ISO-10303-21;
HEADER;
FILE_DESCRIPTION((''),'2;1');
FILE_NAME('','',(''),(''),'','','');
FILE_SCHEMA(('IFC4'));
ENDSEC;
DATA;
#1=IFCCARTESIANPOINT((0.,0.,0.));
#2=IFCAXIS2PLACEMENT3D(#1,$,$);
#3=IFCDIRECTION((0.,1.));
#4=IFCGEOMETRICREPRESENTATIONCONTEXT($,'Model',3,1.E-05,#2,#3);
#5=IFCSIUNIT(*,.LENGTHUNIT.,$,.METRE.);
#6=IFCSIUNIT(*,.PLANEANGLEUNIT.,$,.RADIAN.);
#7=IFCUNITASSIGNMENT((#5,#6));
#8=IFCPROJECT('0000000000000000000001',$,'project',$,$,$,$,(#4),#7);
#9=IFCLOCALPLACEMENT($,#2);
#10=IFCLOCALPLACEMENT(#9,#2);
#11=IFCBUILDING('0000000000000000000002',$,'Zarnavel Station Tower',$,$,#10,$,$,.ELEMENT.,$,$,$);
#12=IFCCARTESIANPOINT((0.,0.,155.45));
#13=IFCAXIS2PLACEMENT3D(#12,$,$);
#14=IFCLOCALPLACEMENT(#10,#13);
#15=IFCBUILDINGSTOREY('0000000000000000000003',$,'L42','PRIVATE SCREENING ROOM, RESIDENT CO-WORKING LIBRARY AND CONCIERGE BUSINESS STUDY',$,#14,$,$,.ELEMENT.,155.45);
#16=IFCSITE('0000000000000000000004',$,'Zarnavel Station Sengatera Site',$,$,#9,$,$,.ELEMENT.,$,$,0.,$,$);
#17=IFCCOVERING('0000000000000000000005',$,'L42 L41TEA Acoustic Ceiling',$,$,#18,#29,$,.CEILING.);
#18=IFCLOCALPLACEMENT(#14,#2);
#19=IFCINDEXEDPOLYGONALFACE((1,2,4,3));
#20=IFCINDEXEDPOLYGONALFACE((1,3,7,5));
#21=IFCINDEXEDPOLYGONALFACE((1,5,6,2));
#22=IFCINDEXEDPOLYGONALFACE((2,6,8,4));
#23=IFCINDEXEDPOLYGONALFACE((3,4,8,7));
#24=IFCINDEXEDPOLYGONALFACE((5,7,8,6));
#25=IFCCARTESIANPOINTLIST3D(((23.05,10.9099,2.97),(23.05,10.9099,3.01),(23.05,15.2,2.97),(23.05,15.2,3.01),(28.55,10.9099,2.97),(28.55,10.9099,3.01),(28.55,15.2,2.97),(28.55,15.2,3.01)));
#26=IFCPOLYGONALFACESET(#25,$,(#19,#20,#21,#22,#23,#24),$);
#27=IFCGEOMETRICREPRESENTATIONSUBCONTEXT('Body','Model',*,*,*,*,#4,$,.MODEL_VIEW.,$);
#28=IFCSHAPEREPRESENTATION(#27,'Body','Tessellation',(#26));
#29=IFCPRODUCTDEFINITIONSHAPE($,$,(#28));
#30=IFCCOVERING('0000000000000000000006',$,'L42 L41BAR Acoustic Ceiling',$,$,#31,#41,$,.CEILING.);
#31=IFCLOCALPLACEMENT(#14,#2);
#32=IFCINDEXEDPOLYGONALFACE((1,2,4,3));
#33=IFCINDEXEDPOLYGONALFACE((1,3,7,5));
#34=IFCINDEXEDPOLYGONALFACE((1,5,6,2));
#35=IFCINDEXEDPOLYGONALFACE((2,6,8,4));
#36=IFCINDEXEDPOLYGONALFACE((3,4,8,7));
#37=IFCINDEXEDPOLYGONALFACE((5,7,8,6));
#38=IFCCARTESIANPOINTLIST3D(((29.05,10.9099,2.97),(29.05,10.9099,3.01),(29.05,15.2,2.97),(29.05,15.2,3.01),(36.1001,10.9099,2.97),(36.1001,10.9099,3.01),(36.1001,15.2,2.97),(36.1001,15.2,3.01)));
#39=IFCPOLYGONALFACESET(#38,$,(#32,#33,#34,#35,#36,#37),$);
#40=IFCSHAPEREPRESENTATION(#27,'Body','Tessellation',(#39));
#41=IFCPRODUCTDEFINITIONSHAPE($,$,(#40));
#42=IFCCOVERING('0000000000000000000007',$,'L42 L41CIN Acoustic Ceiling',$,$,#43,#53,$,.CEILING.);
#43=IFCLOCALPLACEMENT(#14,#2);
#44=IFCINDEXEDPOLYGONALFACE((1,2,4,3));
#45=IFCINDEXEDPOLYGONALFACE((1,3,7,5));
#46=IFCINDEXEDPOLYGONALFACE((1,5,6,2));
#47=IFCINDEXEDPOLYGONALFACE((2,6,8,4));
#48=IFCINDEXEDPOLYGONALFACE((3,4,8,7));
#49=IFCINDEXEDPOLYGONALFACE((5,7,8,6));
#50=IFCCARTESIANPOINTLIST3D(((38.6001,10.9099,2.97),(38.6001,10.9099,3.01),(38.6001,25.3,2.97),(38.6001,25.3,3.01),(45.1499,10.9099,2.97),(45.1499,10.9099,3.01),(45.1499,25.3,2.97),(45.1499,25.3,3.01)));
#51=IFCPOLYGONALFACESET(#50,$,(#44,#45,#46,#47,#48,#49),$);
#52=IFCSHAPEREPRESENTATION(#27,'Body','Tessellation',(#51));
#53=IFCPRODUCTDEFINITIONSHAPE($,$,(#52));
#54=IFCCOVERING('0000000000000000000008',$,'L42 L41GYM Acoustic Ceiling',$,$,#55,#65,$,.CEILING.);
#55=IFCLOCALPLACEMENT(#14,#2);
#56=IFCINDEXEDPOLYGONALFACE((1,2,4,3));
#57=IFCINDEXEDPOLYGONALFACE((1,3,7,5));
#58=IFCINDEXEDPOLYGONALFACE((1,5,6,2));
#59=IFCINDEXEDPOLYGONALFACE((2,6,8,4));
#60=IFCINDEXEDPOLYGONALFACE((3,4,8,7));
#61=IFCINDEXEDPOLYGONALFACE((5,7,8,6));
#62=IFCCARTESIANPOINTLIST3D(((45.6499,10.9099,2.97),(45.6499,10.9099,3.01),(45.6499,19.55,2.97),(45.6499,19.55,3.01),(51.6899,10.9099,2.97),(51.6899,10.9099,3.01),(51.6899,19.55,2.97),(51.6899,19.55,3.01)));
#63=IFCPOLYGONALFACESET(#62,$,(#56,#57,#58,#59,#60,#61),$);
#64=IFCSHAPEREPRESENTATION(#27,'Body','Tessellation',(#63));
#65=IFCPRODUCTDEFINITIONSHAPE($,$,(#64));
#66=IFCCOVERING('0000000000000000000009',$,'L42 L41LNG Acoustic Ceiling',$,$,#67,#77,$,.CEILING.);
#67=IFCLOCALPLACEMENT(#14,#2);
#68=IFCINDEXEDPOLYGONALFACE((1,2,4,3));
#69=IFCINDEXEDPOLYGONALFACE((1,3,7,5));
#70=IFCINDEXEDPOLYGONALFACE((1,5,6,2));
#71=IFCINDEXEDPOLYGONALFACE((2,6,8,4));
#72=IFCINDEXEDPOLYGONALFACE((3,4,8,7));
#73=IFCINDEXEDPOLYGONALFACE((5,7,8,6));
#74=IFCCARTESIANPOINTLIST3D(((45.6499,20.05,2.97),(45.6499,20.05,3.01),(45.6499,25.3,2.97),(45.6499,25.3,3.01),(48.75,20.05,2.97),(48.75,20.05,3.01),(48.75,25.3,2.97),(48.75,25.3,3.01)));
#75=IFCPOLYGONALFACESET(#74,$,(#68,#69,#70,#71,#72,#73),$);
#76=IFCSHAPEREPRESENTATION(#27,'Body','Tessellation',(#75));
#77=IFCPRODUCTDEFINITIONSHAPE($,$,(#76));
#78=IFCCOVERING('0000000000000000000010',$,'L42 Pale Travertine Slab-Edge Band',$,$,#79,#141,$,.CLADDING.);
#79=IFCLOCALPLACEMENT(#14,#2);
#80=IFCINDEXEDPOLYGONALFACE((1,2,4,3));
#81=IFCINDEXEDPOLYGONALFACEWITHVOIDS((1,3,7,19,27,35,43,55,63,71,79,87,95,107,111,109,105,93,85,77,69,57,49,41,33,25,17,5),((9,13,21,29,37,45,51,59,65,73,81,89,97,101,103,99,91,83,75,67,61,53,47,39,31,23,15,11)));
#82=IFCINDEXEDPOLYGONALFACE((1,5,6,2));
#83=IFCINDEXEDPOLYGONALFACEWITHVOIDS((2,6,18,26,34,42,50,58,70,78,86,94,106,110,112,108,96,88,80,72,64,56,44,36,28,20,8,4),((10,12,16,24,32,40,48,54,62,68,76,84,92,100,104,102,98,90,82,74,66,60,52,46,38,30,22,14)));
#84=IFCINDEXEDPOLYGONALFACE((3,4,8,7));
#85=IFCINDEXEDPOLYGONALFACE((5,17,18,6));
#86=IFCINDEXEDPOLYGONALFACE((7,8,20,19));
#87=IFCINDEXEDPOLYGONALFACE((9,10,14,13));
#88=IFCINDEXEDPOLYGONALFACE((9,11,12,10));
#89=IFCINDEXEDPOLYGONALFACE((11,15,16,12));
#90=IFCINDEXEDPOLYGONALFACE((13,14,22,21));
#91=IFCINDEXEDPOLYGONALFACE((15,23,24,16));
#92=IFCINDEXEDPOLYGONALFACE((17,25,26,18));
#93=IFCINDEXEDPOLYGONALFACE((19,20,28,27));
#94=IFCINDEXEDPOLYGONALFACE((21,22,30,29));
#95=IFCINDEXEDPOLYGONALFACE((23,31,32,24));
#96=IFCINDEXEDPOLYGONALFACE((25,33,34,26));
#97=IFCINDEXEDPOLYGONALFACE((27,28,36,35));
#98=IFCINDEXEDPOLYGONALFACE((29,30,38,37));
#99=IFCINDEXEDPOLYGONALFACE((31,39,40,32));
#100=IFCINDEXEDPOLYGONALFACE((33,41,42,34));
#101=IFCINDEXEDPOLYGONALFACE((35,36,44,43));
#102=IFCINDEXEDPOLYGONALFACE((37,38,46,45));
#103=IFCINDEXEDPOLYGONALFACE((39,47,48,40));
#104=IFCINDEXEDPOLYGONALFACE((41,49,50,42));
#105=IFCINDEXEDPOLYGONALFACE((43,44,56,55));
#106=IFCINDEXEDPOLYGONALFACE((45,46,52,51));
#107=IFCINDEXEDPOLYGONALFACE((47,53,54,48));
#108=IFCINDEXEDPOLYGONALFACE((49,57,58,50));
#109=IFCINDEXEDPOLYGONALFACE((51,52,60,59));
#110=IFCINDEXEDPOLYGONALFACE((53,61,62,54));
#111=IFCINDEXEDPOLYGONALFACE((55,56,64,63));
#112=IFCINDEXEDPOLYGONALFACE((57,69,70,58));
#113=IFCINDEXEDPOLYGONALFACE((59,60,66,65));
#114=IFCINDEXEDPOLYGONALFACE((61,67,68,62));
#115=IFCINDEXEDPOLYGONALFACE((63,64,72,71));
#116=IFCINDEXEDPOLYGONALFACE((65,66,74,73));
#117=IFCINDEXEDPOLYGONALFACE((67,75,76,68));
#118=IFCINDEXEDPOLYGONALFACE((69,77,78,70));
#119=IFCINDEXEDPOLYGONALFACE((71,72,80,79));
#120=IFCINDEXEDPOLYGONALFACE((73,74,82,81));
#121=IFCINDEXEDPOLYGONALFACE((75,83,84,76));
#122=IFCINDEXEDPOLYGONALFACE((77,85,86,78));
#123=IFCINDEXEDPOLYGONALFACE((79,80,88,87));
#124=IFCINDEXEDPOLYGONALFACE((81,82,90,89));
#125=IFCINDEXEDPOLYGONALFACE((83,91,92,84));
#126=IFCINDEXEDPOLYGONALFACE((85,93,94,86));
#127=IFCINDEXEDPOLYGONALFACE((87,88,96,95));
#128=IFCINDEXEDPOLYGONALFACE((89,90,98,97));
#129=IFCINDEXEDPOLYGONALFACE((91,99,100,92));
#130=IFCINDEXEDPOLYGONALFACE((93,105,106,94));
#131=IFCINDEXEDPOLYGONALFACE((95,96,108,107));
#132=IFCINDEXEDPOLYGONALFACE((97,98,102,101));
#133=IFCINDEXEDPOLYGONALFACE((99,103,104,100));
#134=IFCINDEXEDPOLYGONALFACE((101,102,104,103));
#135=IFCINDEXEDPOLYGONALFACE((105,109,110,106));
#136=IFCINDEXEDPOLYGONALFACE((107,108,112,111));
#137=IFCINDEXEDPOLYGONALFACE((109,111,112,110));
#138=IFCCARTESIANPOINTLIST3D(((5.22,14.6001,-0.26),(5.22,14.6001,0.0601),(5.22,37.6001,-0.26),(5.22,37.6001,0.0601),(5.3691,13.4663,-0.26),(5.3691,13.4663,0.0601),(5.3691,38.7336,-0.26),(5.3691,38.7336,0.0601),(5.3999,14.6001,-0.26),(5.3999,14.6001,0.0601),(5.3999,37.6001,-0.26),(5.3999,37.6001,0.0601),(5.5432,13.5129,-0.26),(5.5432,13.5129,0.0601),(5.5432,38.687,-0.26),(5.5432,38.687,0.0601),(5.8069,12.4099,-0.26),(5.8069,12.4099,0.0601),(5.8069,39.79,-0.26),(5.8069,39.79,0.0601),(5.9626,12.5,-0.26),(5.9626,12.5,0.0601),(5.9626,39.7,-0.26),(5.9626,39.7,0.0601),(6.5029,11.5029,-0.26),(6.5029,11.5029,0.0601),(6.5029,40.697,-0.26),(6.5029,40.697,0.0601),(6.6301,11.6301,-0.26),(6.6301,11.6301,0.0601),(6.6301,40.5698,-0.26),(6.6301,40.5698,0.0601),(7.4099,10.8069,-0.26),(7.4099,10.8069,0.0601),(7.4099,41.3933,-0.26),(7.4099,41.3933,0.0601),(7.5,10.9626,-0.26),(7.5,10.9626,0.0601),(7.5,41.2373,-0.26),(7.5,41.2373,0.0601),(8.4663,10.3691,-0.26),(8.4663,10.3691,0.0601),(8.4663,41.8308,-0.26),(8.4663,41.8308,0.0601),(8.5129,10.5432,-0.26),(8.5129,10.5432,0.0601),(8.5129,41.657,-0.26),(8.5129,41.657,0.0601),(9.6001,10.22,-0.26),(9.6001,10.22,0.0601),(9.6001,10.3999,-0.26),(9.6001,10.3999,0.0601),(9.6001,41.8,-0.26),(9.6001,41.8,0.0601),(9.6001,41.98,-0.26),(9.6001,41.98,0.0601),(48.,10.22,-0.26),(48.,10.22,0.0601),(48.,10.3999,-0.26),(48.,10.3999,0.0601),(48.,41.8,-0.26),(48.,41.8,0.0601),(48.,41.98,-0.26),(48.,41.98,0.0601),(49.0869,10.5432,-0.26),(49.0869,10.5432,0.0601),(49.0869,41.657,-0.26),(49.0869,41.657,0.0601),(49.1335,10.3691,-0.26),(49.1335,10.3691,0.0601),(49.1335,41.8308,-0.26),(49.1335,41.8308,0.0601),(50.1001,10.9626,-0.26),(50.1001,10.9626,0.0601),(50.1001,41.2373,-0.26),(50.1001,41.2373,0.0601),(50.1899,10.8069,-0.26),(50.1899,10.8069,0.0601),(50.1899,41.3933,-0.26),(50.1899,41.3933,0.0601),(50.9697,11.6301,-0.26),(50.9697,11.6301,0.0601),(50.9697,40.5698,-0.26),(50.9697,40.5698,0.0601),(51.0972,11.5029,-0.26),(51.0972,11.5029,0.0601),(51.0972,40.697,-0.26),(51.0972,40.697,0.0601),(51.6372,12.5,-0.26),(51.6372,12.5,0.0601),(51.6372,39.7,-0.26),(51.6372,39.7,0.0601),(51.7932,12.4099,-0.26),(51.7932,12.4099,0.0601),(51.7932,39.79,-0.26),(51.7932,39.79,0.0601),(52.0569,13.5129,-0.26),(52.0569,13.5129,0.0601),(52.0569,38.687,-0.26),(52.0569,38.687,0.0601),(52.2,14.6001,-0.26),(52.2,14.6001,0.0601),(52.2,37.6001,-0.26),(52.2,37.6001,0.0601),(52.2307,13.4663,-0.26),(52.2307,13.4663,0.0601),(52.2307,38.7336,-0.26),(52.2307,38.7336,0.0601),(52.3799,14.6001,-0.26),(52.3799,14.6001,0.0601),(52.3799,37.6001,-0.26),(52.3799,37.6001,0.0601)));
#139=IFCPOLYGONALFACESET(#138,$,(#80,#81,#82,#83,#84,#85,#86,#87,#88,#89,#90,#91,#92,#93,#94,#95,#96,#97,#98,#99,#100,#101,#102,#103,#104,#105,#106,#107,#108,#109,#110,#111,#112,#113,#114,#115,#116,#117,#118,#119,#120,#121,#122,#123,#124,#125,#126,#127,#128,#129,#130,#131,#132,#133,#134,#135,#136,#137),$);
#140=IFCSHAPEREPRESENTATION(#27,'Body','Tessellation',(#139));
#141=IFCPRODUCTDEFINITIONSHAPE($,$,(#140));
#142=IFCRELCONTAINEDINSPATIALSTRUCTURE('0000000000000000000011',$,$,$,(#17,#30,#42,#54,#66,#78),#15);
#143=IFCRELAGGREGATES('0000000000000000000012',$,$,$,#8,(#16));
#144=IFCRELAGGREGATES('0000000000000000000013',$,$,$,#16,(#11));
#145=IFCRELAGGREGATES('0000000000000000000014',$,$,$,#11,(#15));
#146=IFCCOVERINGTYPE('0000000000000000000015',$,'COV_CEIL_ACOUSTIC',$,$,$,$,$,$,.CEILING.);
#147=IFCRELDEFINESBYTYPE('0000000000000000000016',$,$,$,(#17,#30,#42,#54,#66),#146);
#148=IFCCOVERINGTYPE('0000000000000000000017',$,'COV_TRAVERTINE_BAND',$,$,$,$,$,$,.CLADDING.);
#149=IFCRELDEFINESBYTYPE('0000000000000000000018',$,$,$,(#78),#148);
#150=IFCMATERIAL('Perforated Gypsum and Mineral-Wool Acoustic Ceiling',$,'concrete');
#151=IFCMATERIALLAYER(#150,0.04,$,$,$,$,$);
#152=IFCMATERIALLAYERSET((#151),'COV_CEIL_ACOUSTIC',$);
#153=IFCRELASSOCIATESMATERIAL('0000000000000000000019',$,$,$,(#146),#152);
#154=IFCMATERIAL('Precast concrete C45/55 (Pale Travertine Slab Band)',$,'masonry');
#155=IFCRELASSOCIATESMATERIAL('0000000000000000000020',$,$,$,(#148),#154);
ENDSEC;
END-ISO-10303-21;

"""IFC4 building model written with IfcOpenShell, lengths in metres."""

from ifc_helpers import new_model, si_unit, direction, frame, origin, place, context, subcontext, project, spatial, polyline, outline, extrude, material, layer, layer_set, type_object, element, save


model = new_model("IFC4")

# Units and contexts
model_context = context("Model", 3, precision=1e-05, world=origin(), true_north=direction((0.0, 1.0)))
body_context = subcontext(model_context, "Body", "Model", "MODEL_VIEW")
ifc_project = project(units=[si_unit("LENGTHUNIT", "METRE"), si_unit("PLANEANGLEUNIT", "RADIAN")], contexts=[model_context])

# Site, building, storey
site_placement = place(None, origin())
site = spatial("IfcSite", under=ifc_project, at=site_placement, Name="Zarnavel Station Sengatera Site", CompositionType="ELEMENT", RefElevation=0.0)
building_placement = place(site_placement, origin())
building = spatial("IfcBuilding", under=site, at=building_placement, Name="Zarnavel Station Tower", CompositionType="ELEMENT")
storey_placement = place(building_placement, frame((0.0, 0.0, 155.45)))
storey = spatial("IfcBuildingStorey", under=building, at=storey_placement, Name="L42", Description="PRIVATE SCREENING ROOM, RESIDENT CO-WORKING LIBRARY AND CONCIERGE BUSINESS STUDY", CompositionType="ELEMENT", Elevation=155.45)

# Coverings
ifc_material_1 = material(Name="Perforated Gypsum and Mineral-Wool Acoustic Ceiling", Category="concrete")
ifc_layer_1 = layer(ifc_material_1, 0.04)
ifc_layer_set_1 = layer_set([ifc_layer_1], Name="COV_CEIL_ACOUSTIC")
covering_type_1 = type_object("IfcCoveringType", Name="COV_CEIL_ACOUSTIC", PredefinedType="CEILING", material=ifc_layer_set_1)
covering_1_placement = place(storey_placement, frame((0.0, 0.0, 2.97)))
element("IfcCovering", 1, at=covering_1_placement, inside=storey, type_object=covering_type_1, Name="L42 L41TEA Acoustic Ceiling", PredefinedType="CEILING", context=body_context, shape_type="SweptSolid", body=[
    extrude(outline(polyline([(23.05, 10.9099), (28.55, 10.9099), (28.55, 15.2), (23.05, 15.2), (23.05, 10.9099)])), origin(), (0.0, 0.0, 1.0), 0.04),
])
covering_2_placement = place(storey_placement, frame((0.0, 0.0, 2.97)))
element("IfcCovering", 2, at=covering_2_placement, inside=storey, type_object=covering_type_1, Name="L42 L41BAR Acoustic Ceiling", PredefinedType="CEILING", context=body_context, shape_type="SweptSolid", body=[
    extrude(outline(polyline([(29.05, 10.9099), (36.1001, 10.9099), (36.1001, 15.2), (29.05, 15.2), (29.05, 10.9099)])), origin(), (0.0, 0.0, 1.0), 0.04),
])
covering_3_placement = place(storey_placement, frame((0.0, 0.0, 2.97)))
element("IfcCovering", 3, at=covering_3_placement, inside=storey, type_object=covering_type_1, Name="L42 L41CIN Acoustic Ceiling", PredefinedType="CEILING", context=body_context, shape_type="SweptSolid", body=[
    extrude(outline(polyline([(38.6001, 10.9099), (45.1499, 10.9099), (45.1499, 25.3), (38.6001, 25.3), (38.6001, 10.9099)])), origin(), (0.0, 0.0, 1.0), 0.04),
])
covering_4_placement = place(storey_placement, frame((0.0, 0.0, 2.97)))
element("IfcCovering", 4, at=covering_4_placement, inside=storey, type_object=covering_type_1, Name="L42 L41GYM Acoustic Ceiling", PredefinedType="CEILING", context=body_context, shape_type="SweptSolid", body=[
    extrude(outline(polyline([(45.6499, 10.9099), (51.6899, 10.9099), (51.6899, 19.55), (45.6499, 19.55), (45.6499, 10.9099)])), origin(), (0.0, 0.0, 1.0), 0.04),
])
covering_5_placement = place(storey_placement, frame((0.0, 0.0, 2.97)))
element("IfcCovering", 5, at=covering_5_placement, inside=storey, type_object=covering_type_1, Name="L42 L41LNG Acoustic Ceiling", PredefinedType="CEILING", context=body_context, shape_type="SweptSolid", body=[
    extrude(outline(polyline([(45.6499, 20.05), (48.75, 20.05), (48.75, 25.3), (45.6499, 25.3), (45.6499, 20.05)])), origin(), (0.0, 0.0, 1.0), 0.04),
])
ifc_material_2 = material(Name="Precast concrete C45/55 (Pale Travertine Slab Band)", Category="masonry")
covering_type_2 = type_object("IfcCoveringType", Name="COV_TRAVERTINE_BAND", PredefinedType="CLADDING", material=ifc_material_2)
covering_6_placement = place(storey_placement, frame((0.0, 0.0, -0.26)))
element("IfcCovering", 6, at=covering_6_placement, inside=storey, type_object=covering_type_2, Name="L42 Pale Travertine Slab-Edge Band", PredefinedType="CLADDING", context=body_context, shape_type="SweptSolid", body=[
    extrude(outline(polyline([(48.0, 10.22), (49.1335, 10.3691), (50.1899, 10.8069), (51.0972, 11.5029), (51.7932, 12.4099), (52.2307, 13.4663), (52.3799, 14.6001), (52.3799, 37.6001), (52.2307, 38.7336), (51.7932, 39.79), (51.0972, 40.697), (50.1899, 41.3933), (49.1335, 41.8308), (48.0, 41.98), (9.6001, 41.98), (8.4663, 41.8308), (7.4099, 41.3933), (6.5029, 40.697), (5.8069, 39.79), (5.3691, 38.7336), (5.22, 37.6001), (5.22, 14.6001), (5.3691, 13.4663), (5.8069, 12.4099), (6.5029, 11.5029), (7.4099, 10.8069), (8.4663, 10.3691), (9.6001, 10.22), (48.0, 10.22)]), holes=[polyline([(48.0, 10.3999), (49.0869, 10.5432), (50.1001, 10.9626), (50.9697, 11.6301), (51.6372, 12.5), (52.0569, 13.5129), (52.2, 14.6001), (52.2, 37.6001), (52.0569, 38.687), (51.6372, 39.7), (50.9697, 40.5698), (50.1001, 41.2373), (49.0869, 41.657), (48.0, 41.8), (9.6001, 41.8), (8.5129, 41.657), (7.5, 41.2373), (6.6301, 40.5698), (5.9626, 39.7), (5.5432, 38.687), (5.3999, 37.6001), (5.3999, 14.6001), (5.5432, 13.5129), (5.9626, 12.5), (6.6301, 11.6301), (7.5, 10.9626), (8.5129, 10.5432), (9.6001, 10.3999), (48.0, 10.3999)])]), origin(), (0.0, 0.0, 1.0), 0.3201),
])

save(model, "model.ifc")
